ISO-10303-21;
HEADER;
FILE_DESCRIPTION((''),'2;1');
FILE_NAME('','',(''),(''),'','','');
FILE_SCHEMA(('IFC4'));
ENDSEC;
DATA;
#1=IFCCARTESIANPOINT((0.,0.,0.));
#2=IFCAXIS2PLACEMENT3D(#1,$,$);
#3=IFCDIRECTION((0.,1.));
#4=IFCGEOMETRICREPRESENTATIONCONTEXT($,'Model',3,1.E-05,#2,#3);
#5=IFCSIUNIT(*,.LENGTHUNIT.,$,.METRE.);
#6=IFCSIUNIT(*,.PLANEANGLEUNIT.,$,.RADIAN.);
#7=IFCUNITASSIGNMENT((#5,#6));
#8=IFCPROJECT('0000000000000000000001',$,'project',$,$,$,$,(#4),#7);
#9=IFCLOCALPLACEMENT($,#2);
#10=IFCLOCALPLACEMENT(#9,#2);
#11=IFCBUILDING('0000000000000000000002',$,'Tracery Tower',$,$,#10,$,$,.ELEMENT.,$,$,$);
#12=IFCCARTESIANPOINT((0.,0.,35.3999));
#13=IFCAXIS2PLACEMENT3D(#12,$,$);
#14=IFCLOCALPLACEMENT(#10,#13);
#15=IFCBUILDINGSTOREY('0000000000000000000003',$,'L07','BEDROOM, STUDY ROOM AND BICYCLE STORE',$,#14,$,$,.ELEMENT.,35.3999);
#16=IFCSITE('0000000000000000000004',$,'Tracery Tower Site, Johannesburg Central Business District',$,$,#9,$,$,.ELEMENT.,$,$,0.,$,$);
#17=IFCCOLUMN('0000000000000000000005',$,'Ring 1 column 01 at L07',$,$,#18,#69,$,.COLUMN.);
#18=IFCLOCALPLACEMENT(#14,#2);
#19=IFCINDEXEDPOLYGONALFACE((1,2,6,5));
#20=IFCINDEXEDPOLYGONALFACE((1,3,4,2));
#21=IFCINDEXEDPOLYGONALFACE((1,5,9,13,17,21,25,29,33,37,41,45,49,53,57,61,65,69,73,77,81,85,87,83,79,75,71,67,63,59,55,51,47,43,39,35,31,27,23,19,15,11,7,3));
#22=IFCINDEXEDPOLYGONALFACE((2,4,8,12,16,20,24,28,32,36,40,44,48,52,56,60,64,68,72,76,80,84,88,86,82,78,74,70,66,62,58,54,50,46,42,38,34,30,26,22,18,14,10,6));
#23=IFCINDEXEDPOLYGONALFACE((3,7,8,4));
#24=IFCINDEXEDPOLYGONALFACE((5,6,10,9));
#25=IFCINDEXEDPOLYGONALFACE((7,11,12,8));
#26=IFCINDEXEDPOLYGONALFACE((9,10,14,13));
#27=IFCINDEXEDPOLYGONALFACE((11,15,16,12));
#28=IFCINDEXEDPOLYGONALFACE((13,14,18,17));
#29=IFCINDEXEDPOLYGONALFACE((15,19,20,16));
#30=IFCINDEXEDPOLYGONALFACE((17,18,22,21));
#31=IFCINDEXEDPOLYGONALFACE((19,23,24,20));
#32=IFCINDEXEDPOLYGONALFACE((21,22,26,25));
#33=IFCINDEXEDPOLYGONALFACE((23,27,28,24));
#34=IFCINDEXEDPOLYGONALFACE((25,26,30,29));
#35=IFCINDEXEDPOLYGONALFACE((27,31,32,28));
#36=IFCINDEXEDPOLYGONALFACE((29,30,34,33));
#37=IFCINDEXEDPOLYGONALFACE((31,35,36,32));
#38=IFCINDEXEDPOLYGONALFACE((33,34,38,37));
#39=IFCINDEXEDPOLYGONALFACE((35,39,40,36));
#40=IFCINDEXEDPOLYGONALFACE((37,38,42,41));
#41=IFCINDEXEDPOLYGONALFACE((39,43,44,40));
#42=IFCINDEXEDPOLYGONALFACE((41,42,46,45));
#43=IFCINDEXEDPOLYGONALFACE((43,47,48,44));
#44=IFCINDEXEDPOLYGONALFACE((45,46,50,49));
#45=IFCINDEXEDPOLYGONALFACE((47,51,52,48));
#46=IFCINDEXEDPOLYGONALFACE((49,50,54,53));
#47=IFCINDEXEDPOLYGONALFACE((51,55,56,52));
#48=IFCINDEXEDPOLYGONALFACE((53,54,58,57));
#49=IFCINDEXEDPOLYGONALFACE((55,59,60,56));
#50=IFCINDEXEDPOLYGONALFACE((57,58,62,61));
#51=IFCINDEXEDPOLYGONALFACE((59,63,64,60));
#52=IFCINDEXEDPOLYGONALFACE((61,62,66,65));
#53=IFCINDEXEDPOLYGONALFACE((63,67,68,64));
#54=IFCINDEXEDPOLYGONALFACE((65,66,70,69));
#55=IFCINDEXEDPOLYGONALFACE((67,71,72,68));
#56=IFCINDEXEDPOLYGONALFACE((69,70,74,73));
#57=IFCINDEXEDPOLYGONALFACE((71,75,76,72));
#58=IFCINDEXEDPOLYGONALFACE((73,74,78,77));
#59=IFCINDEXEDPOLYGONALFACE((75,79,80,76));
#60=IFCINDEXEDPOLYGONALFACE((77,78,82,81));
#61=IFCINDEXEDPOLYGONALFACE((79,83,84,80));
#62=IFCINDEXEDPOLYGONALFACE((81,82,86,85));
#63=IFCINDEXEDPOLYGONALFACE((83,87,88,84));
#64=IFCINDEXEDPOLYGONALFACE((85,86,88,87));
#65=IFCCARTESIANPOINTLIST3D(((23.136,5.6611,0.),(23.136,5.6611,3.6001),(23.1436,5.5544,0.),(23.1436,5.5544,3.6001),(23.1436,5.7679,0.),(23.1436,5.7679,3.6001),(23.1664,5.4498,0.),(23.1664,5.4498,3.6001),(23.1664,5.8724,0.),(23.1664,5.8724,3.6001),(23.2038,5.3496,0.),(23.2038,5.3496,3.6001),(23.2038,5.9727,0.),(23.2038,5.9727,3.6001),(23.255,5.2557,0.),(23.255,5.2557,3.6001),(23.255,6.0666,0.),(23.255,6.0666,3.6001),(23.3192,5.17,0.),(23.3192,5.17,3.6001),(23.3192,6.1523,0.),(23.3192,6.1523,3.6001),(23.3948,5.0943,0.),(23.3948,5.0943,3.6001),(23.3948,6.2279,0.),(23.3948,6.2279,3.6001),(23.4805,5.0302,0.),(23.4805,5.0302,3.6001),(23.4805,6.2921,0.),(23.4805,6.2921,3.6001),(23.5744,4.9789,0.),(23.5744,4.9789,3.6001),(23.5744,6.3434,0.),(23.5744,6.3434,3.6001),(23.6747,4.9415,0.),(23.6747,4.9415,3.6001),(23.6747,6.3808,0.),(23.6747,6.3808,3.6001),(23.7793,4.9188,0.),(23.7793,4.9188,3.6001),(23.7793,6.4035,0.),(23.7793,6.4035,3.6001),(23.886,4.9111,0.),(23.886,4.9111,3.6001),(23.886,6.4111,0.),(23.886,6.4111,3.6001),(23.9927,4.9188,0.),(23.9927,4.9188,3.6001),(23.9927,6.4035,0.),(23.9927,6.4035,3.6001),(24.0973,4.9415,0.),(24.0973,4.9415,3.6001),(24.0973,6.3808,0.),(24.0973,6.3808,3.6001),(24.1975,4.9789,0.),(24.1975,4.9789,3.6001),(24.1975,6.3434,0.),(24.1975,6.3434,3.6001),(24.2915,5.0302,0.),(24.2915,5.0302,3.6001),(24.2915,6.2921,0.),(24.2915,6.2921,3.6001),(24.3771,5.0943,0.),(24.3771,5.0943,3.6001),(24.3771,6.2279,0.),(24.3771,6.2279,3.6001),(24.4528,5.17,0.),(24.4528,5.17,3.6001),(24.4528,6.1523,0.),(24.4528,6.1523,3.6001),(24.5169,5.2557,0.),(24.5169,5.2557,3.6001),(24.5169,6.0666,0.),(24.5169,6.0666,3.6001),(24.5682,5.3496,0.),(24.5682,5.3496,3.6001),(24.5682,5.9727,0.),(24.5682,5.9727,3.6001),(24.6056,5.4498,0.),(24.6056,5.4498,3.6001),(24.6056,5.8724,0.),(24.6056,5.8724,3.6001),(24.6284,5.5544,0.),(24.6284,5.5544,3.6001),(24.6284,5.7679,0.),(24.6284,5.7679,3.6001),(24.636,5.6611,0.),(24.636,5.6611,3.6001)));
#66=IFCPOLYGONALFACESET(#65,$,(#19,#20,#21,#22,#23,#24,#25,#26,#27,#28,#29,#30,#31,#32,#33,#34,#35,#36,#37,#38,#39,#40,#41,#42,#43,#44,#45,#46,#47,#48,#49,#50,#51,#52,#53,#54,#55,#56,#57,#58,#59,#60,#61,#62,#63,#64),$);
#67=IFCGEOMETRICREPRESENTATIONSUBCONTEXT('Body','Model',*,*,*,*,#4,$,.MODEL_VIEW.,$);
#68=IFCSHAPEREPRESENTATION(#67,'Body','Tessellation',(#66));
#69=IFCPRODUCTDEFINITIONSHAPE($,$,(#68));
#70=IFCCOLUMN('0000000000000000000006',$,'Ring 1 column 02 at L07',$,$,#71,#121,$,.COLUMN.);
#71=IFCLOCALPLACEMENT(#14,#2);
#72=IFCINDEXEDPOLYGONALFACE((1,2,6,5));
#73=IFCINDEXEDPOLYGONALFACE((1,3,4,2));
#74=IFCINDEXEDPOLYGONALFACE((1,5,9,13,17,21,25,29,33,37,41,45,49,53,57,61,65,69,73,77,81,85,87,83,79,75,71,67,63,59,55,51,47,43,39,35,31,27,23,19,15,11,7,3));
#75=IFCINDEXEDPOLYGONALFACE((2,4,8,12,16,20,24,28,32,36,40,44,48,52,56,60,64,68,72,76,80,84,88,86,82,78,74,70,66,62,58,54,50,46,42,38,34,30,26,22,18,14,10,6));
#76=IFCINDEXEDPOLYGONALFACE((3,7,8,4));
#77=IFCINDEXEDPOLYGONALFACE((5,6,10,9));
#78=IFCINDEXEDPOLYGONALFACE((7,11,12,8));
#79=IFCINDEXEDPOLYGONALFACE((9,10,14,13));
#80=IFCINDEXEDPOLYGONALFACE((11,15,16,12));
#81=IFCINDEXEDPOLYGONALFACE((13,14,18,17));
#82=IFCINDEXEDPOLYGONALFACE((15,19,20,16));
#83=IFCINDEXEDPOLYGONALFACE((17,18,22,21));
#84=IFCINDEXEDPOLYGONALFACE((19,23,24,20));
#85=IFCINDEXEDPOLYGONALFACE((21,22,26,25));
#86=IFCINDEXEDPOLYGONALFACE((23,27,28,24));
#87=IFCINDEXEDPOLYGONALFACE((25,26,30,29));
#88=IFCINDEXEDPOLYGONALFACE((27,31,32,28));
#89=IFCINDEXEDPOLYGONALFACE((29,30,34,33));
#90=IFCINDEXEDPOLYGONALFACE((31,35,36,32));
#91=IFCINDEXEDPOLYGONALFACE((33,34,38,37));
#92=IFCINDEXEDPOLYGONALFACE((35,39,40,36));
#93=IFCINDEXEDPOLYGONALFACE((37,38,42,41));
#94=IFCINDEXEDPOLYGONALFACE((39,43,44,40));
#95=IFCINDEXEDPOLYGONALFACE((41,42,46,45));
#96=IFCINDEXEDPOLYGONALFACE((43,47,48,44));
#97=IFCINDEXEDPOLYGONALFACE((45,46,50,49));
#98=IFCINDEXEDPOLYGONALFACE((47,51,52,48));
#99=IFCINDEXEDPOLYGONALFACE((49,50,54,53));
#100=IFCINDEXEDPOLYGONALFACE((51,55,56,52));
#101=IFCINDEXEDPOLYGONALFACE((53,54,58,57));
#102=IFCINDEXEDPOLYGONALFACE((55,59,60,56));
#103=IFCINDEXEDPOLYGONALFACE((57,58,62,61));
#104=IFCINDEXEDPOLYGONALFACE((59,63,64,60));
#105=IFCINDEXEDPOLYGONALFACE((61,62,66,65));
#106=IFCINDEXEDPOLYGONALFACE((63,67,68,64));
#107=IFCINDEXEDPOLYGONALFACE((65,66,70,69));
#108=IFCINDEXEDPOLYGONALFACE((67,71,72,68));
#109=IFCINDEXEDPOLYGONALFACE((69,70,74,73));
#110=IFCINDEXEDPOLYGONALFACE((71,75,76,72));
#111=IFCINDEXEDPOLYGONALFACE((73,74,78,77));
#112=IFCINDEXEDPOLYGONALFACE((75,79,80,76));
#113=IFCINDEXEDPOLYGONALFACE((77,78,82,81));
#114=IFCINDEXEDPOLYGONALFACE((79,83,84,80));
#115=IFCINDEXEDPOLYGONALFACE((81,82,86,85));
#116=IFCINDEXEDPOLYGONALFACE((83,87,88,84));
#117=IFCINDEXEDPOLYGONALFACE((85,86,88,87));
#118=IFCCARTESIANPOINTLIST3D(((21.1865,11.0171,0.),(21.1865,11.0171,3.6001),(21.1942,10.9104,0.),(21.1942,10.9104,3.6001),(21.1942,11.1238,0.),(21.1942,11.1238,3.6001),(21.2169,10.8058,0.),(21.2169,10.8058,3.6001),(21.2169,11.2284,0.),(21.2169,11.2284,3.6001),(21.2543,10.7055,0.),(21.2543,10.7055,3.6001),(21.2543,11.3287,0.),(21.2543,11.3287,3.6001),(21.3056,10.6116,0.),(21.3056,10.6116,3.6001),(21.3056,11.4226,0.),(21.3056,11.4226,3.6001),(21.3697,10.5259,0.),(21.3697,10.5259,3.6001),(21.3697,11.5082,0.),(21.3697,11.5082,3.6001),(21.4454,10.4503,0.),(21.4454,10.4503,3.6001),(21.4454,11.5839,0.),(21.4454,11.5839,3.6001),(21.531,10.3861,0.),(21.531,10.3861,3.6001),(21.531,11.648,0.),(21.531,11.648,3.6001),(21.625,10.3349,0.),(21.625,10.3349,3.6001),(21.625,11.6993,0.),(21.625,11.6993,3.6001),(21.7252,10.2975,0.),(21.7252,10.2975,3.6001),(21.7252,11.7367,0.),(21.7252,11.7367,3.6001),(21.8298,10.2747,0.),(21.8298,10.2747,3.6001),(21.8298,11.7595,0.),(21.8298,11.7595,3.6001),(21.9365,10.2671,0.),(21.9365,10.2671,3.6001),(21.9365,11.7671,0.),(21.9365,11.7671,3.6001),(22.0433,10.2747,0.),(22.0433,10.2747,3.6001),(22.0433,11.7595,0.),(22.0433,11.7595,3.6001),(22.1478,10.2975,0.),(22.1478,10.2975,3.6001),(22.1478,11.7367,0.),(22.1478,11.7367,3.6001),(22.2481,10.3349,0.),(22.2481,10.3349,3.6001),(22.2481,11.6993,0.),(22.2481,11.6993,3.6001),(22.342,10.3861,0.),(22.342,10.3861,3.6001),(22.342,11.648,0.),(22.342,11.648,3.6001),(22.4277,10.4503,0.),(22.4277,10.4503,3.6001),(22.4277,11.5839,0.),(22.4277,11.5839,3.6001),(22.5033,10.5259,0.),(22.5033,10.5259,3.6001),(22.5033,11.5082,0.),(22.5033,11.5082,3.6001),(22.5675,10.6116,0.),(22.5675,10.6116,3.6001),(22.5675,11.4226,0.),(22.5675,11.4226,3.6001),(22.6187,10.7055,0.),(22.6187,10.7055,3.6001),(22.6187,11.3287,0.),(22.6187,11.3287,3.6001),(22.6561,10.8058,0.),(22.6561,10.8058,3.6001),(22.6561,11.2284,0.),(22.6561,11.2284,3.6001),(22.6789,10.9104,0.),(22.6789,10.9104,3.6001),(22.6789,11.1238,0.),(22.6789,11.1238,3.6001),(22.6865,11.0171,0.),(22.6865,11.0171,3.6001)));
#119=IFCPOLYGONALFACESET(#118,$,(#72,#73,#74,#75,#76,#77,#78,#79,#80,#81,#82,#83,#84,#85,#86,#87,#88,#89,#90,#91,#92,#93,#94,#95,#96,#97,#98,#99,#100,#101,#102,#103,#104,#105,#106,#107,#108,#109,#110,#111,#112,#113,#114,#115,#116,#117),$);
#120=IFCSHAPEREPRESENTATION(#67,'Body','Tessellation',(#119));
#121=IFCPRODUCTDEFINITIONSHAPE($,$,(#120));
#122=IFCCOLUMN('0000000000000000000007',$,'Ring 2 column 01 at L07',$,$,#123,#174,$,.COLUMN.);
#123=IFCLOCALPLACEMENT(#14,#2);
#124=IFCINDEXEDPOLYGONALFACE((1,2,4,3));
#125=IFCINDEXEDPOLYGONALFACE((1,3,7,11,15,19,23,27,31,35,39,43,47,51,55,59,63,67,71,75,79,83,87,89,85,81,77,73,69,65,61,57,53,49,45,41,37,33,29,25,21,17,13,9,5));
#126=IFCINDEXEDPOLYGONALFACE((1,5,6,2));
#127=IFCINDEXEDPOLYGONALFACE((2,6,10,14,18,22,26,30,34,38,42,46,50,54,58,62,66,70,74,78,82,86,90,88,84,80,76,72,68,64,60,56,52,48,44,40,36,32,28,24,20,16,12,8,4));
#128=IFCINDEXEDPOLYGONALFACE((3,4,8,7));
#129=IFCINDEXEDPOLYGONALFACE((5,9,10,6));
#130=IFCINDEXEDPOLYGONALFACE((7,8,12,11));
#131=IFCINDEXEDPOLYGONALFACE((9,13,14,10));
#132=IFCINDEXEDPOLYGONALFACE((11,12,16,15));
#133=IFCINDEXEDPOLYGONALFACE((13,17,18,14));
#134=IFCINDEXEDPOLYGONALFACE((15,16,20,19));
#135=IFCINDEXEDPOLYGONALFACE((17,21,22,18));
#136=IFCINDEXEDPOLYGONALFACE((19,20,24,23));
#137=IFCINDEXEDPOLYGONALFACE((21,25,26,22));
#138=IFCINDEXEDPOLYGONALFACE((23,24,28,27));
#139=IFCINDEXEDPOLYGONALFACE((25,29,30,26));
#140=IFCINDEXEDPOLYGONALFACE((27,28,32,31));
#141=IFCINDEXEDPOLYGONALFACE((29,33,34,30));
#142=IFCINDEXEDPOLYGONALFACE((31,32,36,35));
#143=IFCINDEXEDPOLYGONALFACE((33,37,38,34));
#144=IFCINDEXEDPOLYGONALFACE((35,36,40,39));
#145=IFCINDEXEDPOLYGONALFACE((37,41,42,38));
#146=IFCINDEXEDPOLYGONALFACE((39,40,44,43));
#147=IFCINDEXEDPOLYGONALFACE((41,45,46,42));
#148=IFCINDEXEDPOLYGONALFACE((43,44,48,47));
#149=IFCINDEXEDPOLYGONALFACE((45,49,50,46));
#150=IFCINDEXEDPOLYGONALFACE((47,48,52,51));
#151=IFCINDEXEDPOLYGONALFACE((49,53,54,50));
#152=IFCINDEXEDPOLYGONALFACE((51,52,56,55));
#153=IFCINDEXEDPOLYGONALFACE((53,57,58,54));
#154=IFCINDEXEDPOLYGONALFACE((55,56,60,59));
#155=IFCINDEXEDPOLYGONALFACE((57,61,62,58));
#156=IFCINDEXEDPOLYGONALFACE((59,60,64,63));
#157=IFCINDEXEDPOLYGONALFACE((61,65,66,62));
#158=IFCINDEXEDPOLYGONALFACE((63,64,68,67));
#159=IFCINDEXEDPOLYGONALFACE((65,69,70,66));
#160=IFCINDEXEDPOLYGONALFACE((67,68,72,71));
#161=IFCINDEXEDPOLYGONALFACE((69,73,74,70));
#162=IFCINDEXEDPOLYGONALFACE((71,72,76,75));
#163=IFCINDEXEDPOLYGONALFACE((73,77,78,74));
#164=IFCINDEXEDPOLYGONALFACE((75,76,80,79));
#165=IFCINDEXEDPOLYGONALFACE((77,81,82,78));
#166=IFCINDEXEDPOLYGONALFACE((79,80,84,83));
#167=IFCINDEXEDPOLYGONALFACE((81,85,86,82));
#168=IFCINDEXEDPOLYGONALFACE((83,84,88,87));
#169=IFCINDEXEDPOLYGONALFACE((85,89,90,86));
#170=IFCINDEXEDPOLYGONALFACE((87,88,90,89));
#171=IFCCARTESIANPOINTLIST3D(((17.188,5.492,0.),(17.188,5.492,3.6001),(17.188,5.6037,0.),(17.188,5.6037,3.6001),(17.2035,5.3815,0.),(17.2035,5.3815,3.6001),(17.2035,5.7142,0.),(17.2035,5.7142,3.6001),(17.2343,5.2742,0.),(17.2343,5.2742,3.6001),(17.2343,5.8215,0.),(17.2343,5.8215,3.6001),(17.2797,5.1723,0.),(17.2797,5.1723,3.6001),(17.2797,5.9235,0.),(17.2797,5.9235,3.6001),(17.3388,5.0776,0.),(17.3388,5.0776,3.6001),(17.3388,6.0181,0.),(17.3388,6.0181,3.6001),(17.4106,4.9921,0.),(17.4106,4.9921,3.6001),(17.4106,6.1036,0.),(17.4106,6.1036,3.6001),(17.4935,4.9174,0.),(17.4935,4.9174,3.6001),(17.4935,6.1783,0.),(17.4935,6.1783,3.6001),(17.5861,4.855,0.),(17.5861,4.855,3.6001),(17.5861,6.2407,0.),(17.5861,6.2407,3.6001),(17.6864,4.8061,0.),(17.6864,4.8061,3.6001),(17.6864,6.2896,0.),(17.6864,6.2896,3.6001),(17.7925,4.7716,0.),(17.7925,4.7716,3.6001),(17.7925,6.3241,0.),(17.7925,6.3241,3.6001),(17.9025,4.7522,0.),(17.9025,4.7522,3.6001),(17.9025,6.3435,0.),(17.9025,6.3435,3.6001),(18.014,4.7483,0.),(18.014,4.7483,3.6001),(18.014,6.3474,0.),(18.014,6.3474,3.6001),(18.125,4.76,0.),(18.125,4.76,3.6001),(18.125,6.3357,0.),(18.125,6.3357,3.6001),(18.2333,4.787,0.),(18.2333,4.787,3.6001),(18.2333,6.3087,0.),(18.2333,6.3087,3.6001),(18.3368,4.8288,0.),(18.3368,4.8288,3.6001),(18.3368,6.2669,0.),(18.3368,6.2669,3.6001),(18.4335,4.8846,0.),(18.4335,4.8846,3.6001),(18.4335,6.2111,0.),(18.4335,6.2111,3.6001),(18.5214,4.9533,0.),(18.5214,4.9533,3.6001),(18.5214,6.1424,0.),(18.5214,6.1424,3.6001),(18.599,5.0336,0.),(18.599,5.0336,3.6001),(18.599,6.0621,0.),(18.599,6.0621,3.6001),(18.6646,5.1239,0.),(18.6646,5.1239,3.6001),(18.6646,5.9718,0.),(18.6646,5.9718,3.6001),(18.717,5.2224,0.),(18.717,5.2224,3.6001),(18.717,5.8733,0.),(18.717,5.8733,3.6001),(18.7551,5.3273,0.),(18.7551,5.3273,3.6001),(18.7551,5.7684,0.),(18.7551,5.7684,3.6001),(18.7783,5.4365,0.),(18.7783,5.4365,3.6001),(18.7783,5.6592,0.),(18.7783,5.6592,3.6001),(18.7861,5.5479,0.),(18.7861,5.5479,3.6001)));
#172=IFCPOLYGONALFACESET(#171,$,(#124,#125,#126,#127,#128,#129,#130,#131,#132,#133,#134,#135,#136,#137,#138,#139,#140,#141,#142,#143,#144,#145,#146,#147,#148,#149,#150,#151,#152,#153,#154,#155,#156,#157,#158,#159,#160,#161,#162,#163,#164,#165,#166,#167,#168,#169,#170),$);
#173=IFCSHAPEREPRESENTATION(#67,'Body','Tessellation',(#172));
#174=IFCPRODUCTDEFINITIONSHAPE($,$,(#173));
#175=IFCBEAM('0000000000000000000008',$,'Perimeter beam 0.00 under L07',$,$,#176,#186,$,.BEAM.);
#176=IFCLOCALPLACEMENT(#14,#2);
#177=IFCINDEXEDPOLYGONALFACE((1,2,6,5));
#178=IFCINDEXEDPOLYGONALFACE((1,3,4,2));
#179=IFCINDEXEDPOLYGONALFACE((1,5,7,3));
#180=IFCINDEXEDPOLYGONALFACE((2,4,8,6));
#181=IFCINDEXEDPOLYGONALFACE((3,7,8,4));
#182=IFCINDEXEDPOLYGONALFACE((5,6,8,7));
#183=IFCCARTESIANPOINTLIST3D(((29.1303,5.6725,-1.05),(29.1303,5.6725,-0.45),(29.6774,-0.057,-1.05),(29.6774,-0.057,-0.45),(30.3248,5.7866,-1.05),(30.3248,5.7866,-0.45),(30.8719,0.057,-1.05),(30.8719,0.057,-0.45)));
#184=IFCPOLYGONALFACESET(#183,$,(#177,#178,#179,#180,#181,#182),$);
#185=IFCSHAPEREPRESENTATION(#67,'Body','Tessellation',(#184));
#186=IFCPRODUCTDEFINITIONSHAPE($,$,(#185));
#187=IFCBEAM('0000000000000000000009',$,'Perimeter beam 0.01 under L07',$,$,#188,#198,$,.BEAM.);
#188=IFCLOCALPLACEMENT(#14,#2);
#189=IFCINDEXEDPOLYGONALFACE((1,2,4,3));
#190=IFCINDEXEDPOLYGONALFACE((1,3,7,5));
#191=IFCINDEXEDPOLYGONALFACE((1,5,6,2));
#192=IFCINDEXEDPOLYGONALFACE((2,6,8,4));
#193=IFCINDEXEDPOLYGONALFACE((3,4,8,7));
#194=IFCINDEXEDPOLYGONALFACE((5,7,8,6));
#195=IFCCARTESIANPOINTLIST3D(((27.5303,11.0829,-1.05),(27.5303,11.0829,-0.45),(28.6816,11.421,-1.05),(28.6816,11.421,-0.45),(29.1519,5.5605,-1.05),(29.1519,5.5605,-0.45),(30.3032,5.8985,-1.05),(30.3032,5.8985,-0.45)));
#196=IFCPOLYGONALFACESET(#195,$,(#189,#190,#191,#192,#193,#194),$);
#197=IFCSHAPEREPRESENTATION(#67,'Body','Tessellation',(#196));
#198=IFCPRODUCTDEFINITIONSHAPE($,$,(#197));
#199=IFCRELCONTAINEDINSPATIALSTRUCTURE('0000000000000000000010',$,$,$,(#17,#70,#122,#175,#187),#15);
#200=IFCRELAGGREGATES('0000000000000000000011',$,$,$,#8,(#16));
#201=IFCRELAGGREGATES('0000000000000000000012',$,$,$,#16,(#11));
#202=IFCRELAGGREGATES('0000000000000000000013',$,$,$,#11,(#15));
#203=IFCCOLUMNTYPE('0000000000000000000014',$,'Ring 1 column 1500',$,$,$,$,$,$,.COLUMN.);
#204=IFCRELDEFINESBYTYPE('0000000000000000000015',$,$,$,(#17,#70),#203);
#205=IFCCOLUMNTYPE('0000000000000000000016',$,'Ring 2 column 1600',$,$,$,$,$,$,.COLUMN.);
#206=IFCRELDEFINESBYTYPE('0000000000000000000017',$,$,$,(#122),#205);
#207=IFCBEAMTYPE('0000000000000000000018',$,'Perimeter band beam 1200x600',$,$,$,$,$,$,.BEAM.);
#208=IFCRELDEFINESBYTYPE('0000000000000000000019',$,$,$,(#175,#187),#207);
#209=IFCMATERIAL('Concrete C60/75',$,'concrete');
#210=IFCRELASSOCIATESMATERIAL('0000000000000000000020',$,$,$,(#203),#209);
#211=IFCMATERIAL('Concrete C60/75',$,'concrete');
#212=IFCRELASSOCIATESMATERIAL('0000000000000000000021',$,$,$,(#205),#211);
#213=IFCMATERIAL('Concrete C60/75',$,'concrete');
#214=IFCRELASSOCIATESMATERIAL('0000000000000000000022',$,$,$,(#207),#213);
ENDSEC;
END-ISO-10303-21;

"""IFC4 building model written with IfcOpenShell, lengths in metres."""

from ifc_helpers import new_model, si_unit, direction, frame, origin, origin_2d, place, context, subcontext, project, spatial, rectangle, circle, extrude, material, material_profile, profile_set, type_object, element, save


model = new_model("IFC4")

# Units and contexts
model_context = context("Model", 3, precision=1e-05, world=origin(), true_north=direction((0.0, 1.0)))
body_context = subcontext(model_context, "Body", "Model", "MODEL_VIEW")
ifc_project = project(units=[si_unit("LENGTHUNIT", "METRE"), si_unit("PLANEANGLEUNIT", "RADIAN")], contexts=[model_context])

# Site, building, storey
site_placement = place(None, origin())
site = spatial("IfcSite", under=ifc_project, at=site_placement, Name="Tracery Tower Site, Johannesburg Central Business District", CompositionType="ELEMENT", RefElevation=0.0)
building_placement = place(site_placement, origin())
building = spatial("IfcBuilding", under=site, at=building_placement, Name="Tracery Tower", CompositionType="ELEMENT")
storey_placement = place(building_placement, frame((0.0, 0.0, 35.3999)))
storey = spatial("IfcBuildingStorey", under=building, at=storey_placement, Name="L07", Description="BEDROOM, STUDY ROOM AND BICYCLE STORE", CompositionType="ELEMENT", Elevation=35.3999)

# Columns
ifc_material_1 = material(Name="Concrete C60/75", Category="concrete")
ifc_material_profile_1 = material_profile(ifc_material_1, circle(Radius=0.75, at=origin_2d()), Name="RC D1500")
ifc_profile_set_1 = profile_set([ifc_material_profile_1], Name="Concrete C60/75")
column_type_1 = type_object("IfcColumnType", Name="Ring 1 column 1500", PredefinedType="COLUMN", material=ifc_profile_set_1)
for number, where, z_axis, x_axis, name in (
    (1, (23.886, 5.6611, 0.0), (0.0, 0.0, 1.0), (1.0, 0.0, 0.0), "Ring 1 column 01 at L07"),
    (2, (21.9365, 11.0171, 0.0), (0.0, 0.0, 1.0), (1.0, 0.0, 0.0), "Ring 1 column 02 at L07"),
):
    element("IfcColumn", number, at=place(storey_placement, frame(where, z_axis=z_axis, x_axis=x_axis)), inside=storey, type_object=column_type_1, Name=name, PredefinedType="COLUMN", context=body_context, shape_type="SweptSolid", body=[
        extrude(circle(Radius=0.75, at=origin_2d()), origin(), (0.0, 0.0, 1.0), 3.6001),
    ])
ifc_material_2 = material(Name="Concrete C60/75", Category="concrete")
ifc_material_profile_2 = material_profile(ifc_material_2, circle(Radius=0.8, at=origin_2d()), Name="RC D1600")
ifc_profile_set_2 = profile_set([ifc_material_profile_2], Name="Concrete C60/75")
column_type_2 = type_object("IfcColumnType", Name="Ring 2 column 1600", PredefinedType="COLUMN", material=ifc_profile_set_2)
column_placement = place(storey_placement, frame((17.9861, 5.5479, 0.0), z_axis=(0.0, 0.0, 1.0), x_axis=(1.0, 0.0, 0.0)))
element("IfcColumn", 3, at=column_placement, inside=storey, type_object=column_type_2, Name="Ring 2 column 01 at L07", PredefinedType="COLUMN", context=body_context, shape_type="SweptSolid", body=[
    extrude(circle(Radius=0.8, at=origin_2d()), origin(), (0.0, 0.0, 1.0), 3.6001),
])

# Beams
ifc_material_3 = material(Name="Concrete C60/75", Category="concrete")
ifc_material_profile_3 = material_profile(ifc_material_3, rectangle(XDim=1.2, YDim=0.6001, at=origin_2d()), Name="RC 1200x600")
ifc_profile_set_3 = profile_set([ifc_material_profile_3], Name="Concrete C60/75")
beam_type = type_object("IfcBeamType", Name="Perimeter band beam 1200x600", PredefinedType="BEAM", material=ifc_profile_set_3)
for number, where, z_axis, x_axis, name in (
    (4, (30.2747, 0.0, -0.75), (-0.095059, 0.995472, 0.0), (-0.995472, -0.095059, 0.0), "Perimeter beam 0.00 under L07"),
    (5, (29.7275, 5.7295, -0.75), (-0.281739, 0.959491, 0.0), (-0.959491, -0.281739, 0.0), "Perimeter beam 0.01 under L07"),
):
    element("IfcBeam", number, at=place(storey_placement, frame(where, z_axis=z_axis, x_axis=x_axis)), inside=storey, type_object=beam_type, Name=name, PredefinedType="BEAM", context=body_context, shape_type="SweptSolid", body=[
        extrude(rectangle(XDim=1.2, YDim=0.6001, at=origin_2d()), origin(), (0.0, 0.0, 1.0), 5.7556),
    ])

save(model, "model.ifc")
